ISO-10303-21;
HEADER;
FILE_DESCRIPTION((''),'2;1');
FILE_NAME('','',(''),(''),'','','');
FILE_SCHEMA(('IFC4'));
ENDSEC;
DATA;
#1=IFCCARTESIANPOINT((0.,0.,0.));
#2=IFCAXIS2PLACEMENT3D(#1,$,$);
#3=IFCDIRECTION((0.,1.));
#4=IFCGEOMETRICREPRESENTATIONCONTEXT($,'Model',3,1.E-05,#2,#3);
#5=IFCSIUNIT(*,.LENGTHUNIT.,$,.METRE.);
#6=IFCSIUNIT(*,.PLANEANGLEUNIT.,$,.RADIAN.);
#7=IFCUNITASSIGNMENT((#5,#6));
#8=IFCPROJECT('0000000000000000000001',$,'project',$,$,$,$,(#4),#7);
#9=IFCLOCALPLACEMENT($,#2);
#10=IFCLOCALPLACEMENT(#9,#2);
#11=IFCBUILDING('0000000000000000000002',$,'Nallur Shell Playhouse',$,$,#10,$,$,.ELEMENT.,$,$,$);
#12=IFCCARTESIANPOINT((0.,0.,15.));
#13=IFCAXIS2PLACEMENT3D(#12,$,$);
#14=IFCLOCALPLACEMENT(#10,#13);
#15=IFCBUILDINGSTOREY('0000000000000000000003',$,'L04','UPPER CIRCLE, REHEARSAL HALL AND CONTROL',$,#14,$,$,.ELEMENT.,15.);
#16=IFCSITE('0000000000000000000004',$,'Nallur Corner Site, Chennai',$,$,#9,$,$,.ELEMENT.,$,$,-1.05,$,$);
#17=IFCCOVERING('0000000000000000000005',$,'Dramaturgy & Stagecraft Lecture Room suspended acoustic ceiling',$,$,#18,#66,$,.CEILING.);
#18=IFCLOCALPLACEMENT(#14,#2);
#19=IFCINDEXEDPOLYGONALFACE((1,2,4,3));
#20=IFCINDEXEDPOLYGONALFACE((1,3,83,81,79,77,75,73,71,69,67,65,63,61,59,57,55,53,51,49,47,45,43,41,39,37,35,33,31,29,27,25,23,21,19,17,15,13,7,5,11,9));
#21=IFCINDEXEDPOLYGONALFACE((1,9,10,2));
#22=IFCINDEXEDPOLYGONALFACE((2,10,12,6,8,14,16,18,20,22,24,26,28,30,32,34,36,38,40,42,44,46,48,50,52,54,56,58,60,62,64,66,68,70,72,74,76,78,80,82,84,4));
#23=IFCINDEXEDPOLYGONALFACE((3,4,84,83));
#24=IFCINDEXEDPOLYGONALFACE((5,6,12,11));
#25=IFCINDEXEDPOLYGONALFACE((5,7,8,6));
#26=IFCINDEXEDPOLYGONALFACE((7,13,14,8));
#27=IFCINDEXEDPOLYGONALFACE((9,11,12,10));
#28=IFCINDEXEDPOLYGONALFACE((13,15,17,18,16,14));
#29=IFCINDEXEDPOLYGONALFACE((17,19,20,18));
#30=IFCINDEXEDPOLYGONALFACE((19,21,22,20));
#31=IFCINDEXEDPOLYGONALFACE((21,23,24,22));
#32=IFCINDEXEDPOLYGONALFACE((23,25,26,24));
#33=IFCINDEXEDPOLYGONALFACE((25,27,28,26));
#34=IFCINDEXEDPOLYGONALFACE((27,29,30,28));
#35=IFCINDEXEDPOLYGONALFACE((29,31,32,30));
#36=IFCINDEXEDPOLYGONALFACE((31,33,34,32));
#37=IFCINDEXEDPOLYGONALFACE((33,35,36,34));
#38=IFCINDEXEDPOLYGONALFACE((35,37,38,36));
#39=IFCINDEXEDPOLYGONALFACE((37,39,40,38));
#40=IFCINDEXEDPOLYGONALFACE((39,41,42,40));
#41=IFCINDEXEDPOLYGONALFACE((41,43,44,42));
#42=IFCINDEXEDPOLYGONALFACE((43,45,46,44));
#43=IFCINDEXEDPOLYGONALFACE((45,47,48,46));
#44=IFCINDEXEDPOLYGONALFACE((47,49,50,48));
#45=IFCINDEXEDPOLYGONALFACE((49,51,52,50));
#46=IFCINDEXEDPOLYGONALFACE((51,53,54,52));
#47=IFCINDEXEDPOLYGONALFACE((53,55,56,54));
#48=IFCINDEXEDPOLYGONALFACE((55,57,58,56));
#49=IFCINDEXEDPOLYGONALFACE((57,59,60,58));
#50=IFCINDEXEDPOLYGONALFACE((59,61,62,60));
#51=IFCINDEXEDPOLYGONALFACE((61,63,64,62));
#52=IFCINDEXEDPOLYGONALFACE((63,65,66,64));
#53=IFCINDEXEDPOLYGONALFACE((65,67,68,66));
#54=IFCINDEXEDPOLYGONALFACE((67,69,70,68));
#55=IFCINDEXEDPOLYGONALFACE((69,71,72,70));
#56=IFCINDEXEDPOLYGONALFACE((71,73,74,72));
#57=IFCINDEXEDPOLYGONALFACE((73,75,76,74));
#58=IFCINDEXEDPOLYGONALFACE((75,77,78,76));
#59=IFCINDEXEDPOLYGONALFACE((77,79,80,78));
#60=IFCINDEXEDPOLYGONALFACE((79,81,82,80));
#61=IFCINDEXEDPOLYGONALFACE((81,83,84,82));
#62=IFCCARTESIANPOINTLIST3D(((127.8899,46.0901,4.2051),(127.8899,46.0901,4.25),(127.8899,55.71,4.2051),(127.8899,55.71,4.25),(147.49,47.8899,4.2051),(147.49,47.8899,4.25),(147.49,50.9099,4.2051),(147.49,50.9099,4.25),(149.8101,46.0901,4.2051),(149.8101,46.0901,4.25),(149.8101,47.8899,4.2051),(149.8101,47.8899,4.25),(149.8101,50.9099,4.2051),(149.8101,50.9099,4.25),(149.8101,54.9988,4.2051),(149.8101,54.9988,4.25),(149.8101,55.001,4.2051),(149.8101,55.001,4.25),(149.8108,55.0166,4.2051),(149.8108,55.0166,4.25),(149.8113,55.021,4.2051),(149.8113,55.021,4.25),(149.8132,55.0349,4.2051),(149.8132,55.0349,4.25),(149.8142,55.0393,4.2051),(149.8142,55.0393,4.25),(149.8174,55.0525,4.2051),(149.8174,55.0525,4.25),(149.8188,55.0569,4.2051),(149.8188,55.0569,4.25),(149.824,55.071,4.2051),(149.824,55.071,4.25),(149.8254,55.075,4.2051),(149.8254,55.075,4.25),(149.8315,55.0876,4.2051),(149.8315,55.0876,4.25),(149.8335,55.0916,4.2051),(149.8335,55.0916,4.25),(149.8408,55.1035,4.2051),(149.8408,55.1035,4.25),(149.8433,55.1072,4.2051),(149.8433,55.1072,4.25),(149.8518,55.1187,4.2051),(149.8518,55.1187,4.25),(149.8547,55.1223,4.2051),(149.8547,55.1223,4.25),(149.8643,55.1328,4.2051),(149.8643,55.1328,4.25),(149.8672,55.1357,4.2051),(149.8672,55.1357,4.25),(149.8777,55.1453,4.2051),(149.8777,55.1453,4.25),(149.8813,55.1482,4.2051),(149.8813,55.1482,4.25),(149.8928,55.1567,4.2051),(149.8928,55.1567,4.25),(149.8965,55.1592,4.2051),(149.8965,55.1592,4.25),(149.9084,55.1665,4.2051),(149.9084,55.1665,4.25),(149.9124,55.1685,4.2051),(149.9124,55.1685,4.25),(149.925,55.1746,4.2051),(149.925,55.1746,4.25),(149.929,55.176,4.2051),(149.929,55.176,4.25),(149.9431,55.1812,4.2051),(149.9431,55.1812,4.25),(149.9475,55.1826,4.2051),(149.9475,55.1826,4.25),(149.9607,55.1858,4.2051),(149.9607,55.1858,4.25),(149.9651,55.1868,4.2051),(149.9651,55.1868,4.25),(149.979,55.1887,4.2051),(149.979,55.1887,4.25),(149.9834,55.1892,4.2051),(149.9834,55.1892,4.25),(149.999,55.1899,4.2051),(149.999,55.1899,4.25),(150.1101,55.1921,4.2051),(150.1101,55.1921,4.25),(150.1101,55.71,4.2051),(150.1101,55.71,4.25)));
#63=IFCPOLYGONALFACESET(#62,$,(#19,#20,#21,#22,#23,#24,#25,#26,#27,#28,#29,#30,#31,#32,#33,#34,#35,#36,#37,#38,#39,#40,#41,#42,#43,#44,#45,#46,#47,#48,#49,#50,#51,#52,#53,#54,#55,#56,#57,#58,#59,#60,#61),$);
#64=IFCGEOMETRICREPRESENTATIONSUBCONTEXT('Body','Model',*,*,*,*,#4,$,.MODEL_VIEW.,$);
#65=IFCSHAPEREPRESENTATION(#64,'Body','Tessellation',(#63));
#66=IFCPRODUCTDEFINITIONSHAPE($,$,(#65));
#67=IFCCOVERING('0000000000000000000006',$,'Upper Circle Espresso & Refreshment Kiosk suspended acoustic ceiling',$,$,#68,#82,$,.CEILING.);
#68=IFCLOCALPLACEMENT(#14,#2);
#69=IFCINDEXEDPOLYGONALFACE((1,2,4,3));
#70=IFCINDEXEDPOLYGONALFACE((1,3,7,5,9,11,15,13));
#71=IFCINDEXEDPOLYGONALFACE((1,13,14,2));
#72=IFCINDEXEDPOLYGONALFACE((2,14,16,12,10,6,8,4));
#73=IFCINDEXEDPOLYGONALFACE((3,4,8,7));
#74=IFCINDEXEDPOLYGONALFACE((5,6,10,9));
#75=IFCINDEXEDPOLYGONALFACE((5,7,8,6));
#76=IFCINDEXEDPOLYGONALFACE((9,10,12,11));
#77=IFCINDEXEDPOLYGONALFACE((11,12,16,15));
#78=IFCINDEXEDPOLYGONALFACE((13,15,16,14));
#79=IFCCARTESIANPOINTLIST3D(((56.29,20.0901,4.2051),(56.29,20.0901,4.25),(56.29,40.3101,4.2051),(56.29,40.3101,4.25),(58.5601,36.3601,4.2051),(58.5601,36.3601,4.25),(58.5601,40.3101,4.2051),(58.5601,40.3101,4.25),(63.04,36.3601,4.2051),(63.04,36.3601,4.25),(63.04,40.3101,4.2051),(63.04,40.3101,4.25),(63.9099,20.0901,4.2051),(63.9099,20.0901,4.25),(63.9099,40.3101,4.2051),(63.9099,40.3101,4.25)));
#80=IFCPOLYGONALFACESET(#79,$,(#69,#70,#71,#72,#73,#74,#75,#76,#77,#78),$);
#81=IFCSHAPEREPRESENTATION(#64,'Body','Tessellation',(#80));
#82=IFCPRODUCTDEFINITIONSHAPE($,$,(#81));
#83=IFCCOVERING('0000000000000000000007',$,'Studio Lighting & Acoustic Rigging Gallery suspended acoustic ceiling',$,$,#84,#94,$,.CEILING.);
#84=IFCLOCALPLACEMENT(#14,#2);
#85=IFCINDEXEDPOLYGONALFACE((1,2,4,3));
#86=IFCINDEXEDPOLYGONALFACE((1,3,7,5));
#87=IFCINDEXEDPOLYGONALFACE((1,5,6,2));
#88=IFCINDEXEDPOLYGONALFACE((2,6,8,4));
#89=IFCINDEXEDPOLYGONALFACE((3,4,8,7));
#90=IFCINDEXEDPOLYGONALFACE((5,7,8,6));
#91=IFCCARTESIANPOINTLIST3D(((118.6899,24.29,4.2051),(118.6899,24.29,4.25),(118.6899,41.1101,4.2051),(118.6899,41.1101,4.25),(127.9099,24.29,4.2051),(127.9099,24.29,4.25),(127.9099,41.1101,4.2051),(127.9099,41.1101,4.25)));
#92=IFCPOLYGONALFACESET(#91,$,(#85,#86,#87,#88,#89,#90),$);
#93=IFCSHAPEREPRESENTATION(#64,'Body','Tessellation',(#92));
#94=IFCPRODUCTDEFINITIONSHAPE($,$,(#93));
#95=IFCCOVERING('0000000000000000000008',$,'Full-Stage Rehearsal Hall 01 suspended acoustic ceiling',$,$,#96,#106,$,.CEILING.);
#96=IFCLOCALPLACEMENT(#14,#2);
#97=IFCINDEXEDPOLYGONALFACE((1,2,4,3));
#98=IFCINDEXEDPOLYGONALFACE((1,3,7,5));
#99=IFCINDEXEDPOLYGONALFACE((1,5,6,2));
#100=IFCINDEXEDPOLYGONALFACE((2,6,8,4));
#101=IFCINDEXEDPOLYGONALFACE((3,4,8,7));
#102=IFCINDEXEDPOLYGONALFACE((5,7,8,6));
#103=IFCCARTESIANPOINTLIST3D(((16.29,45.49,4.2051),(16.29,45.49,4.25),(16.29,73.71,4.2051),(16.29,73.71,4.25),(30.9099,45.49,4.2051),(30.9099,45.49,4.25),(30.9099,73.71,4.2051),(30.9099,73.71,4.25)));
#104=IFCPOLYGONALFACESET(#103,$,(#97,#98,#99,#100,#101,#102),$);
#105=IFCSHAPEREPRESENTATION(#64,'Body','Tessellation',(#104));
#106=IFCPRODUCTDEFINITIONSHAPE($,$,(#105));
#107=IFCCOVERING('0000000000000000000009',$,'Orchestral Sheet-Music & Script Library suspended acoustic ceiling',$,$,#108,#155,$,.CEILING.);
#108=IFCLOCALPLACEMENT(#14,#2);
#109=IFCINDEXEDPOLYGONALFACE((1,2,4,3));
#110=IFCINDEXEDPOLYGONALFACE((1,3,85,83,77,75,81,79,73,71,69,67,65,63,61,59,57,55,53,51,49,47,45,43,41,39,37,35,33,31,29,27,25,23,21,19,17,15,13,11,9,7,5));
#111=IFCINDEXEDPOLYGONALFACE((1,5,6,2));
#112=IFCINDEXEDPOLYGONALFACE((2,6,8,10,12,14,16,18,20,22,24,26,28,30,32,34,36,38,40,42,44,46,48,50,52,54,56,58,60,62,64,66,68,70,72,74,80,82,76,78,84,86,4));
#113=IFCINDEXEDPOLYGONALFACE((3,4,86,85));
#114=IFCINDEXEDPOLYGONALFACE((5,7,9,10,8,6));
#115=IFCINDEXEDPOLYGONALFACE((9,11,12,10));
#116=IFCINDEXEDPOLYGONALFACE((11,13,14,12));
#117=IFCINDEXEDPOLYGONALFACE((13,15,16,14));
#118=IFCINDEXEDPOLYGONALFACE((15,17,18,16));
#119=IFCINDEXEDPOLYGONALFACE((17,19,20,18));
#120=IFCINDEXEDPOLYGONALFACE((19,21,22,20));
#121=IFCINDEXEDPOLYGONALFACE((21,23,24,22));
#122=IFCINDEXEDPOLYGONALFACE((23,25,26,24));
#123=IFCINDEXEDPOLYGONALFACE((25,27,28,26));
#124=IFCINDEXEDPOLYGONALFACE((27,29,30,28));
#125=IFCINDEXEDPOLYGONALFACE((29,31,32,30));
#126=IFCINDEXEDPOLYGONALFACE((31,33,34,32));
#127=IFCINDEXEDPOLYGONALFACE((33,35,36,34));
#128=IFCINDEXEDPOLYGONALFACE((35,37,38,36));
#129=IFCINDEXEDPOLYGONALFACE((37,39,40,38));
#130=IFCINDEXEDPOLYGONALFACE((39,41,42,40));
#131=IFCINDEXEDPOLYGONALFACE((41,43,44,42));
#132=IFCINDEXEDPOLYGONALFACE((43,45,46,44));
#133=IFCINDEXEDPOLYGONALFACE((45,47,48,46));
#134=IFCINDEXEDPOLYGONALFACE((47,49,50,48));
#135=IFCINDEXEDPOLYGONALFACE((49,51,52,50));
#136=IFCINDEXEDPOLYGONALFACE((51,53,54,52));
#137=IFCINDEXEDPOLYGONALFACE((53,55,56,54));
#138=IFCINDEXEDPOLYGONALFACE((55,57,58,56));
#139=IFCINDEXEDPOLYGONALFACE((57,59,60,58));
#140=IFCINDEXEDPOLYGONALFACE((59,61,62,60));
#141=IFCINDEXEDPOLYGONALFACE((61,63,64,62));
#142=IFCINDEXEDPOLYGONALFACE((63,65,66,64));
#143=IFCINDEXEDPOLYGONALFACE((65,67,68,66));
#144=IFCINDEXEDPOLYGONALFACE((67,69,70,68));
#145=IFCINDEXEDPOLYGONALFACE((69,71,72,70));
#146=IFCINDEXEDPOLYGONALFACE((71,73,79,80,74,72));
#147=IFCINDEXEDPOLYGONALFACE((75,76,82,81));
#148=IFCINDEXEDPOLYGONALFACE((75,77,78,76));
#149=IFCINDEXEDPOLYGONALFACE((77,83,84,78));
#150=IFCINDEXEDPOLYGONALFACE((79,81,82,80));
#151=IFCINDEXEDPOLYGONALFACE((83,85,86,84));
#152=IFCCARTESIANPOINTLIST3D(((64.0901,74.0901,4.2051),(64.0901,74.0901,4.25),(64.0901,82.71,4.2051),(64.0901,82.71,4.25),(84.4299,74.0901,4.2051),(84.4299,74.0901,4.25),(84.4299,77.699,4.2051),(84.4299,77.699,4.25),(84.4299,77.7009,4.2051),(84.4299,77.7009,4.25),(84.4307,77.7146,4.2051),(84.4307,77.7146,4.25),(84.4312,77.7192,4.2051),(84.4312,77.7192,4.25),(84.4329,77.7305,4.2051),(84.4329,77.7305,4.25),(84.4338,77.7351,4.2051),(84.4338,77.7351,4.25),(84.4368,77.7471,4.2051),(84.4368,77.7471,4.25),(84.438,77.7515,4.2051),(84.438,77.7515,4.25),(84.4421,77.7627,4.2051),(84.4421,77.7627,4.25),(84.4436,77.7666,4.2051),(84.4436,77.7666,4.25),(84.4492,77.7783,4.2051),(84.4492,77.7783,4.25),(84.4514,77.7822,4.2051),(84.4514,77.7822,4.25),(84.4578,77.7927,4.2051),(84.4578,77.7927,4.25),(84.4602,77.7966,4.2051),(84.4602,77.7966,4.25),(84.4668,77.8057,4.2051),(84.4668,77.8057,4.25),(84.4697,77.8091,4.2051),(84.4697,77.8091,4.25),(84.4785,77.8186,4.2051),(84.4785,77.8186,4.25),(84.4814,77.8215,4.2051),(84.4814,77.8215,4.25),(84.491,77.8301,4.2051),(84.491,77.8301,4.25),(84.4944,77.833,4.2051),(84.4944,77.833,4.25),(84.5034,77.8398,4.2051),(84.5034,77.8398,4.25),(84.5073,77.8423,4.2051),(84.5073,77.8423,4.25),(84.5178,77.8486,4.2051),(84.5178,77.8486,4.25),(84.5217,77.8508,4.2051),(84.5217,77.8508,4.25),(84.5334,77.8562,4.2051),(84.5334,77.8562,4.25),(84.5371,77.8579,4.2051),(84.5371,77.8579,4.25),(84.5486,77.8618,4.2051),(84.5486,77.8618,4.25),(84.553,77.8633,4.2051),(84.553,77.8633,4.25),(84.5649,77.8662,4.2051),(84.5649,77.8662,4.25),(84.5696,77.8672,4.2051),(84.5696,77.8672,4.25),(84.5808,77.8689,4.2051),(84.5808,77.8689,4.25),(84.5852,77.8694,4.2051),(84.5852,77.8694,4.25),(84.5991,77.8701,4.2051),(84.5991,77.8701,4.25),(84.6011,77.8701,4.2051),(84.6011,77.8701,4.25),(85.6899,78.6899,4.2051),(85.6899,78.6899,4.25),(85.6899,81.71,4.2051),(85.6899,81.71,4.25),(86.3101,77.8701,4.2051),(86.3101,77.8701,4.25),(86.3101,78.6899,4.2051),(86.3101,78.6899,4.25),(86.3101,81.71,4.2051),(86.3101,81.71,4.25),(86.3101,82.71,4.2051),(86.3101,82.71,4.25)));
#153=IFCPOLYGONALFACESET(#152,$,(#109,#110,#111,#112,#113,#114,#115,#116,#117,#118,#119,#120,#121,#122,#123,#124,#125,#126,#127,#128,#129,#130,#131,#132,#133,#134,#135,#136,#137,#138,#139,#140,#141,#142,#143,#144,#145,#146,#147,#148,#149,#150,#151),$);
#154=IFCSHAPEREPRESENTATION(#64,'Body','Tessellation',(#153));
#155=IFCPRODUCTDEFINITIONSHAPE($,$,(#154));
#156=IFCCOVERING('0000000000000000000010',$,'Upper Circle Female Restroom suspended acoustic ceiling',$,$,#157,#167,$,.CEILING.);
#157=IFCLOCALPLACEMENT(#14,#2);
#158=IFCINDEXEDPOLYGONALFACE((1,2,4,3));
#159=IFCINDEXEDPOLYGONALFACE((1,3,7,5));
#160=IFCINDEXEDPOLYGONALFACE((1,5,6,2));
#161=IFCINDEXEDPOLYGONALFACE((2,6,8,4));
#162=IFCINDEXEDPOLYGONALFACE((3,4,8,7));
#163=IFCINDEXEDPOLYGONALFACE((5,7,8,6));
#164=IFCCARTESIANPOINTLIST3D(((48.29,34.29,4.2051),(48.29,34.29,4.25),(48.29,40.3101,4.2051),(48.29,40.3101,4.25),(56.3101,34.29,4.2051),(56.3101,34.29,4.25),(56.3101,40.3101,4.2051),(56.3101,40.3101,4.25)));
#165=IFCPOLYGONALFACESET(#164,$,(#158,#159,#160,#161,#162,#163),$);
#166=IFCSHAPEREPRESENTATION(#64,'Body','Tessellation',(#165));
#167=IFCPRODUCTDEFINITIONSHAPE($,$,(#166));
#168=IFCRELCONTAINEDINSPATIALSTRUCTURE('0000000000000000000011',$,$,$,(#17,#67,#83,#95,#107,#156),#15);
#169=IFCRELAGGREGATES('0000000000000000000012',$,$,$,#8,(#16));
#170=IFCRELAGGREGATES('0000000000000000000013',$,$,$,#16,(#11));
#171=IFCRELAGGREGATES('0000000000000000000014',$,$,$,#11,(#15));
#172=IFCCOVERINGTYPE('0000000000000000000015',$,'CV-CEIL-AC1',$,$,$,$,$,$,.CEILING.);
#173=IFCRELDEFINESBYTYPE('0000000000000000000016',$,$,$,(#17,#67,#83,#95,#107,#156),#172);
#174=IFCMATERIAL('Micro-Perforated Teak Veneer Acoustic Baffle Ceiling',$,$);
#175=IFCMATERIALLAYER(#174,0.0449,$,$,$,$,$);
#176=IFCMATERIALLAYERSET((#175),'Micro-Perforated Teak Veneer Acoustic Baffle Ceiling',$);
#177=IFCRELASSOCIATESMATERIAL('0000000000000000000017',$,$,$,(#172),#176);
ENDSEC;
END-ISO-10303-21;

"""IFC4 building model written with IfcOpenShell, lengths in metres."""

from ifc_helpers import new_model, si_unit, direction, frame, origin, place, context, subcontext, project, spatial, polyline, outline, extrude, material, layer, layer_set, type_object, element, save


model = new_model("IFC4")

# Units and contexts
model_context = context("Model", 3, precision=1e-05, world=origin(), true_north=direction((0.0, 1.0)))
body_context = subcontext(model_context, "Body", "Model", "MODEL_VIEW")
ifc_project = project(units=[si_unit("LENGTHUNIT", "METRE"), si_unit("PLANEANGLEUNIT", "RADIAN")], contexts=[model_context])

# Site, building, storey
site_placement = place(None, origin())
site = spatial("IfcSite", under=ifc_project, at=site_placement, Name="Nallur Corner Site, Chennai", CompositionType="ELEMENT", RefElevation=-1.05)
building_placement = place(site_placement, origin())
building = spatial("IfcBuilding", under=site, at=building_placement, Name="Nallur Shell Playhouse", CompositionType="ELEMENT")
storey_placement = place(building_placement, frame((0.0, 0.0, 15.0)))
storey = spatial("IfcBuildingStorey", under=building, at=storey_placement, Name="L04", Description="UPPER CIRCLE, REHEARSAL HALL AND CONTROL", CompositionType="ELEMENT", Elevation=15.0)

# Coverings
ifc_material_1 = material(Name="Micro-Perforated Teak Veneer Acoustic Baffle Ceiling")
ifc_layer_1 = layer(ifc_material_1, 0.0449)
ifc_layer_set_1 = layer_set([ifc_layer_1], Name="Micro-Perforated Teak Veneer Acoustic Baffle Ceiling")
covering_type_1 = type_object("IfcCoveringType", Name="CV-CEIL-AC1", PredefinedType="CEILING", material=ifc_layer_set_1)
covering_1_placement = place(storey_placement, frame((0.0, 0.0, 4.2051)))
element("IfcCovering", 1, at=covering_1_placement, inside=storey, type_object=covering_type_1, Name="Dramaturgy & Stagecraft Lecture Room suspended acoustic ceiling", PredefinedType="CEILING", context=body_context, shape_type="SweptSolid", body=[
    extrude(outline(polyline([(149.9475, 55.1826), (149.9431, 55.1812), (149.929, 55.176), (149.925, 55.1746), (149.9124, 55.1685), (149.9084, 55.1665), (149.8965, 55.1592), (149.8928, 55.1567), (149.8813, 55.1482), (149.8777, 55.1453), (149.8672, 55.1357), (149.8643, 55.1328), (149.8547, 55.1223), (149.8518, 55.1187), (149.8433, 55.1072), (149.8408, 55.1035), (149.8335, 55.0916), (149.8315, 55.0876), (149.8254, 55.075), (149.824, 55.071), (149.8188, 55.0569), (149.8174, 55.0525), (149.8142, 55.0393), (149.8132, 55.0349), (149.8113, 55.021), (149.8108, 55.0166), (149.8101, 55.001), (149.8101, 54.9988), (149.8101, 50.9099), (147.49, 50.9099), (147.49, 47.8899), (149.8101, 47.8899), (149.8101, 46.0901), (127.8899, 46.0901), (127.8899, 55.71), (150.1101, 55.71), (150.1101, 55.1921), (149.999, 55.1899), (149.9834, 55.1892), (149.979, 55.1887), (149.9651, 55.1868), (149.9607, 55.1858), (149.9475, 55.1826)])), origin(), (0.0, 0.0, 1.0), 0.0449),
])
covering_2_placement = place(storey_placement, frame((0.0, 0.0, 4.2051)))
element("IfcCovering", 2, at=covering_2_placement, inside=storey, type_object=covering_type_1, Name="Upper Circle Espresso & Refreshment Kiosk suspended acoustic ceiling", PredefinedType="CEILING", context=body_context, shape_type="SweptSolid", body=[
    extrude(outline(polyline([(56.29, 40.3101), (58.5601, 40.3101), (58.5601, 36.3601), (63.04, 36.3601), (63.04, 40.3101), (63.9099, 40.3101), (63.9099, 20.0901), (56.29, 20.0901), (56.29, 40.3101)])), origin(), (0.0, 0.0, 1.0), 0.0449),
])
covering_3_placement = place(storey_placement, frame((0.0, 0.0, 4.2051)))
element("IfcCovering", 3, at=covering_3_placement, inside=storey, type_object=covering_type_1, Name="Studio Lighting & Acoustic Rigging Gallery suspended acoustic ceiling", PredefinedType="CEILING", context=body_context, shape_type="SweptSolid", body=[
    extrude(outline(polyline([(118.6899, 41.1101), (127.9099, 41.1101), (127.9099, 24.29), (118.6899, 24.29), (118.6899, 41.1101)])), origin(), (0.0, 0.0, 1.0), 0.0449),
])
covering_4_placement = place(storey_placement, frame((0.0, 0.0, 4.2051)))
element("IfcCovering", 4, at=covering_4_placement, inside=storey, type_object=covering_type_1, Name="Full-Stage Rehearsal Hall 01 suspended acoustic ceiling", PredefinedType="CEILING", context=body_context, shape_type="SweptSolid", body=[
    extrude(outline(polyline([(16.29, 73.71), (30.9099, 73.71), (30.9099, 45.49), (16.29, 45.49), (16.29, 73.71)])), origin(), (0.0, 0.0, 1.0), 0.0449),
])
covering_5_placement = place(storey_placement, frame((0.0, 0.0, 4.2051)))
element("IfcCovering", 5, at=covering_5_placement, inside=storey, type_object=covering_type_1, Name="Orchestral Sheet-Music & Script Library suspended acoustic ceiling", PredefinedType="CEILING", context=body_context, shape_type="SweptSolid", body=[
    extrude(outline(polyline([(84.6011, 77.8701), (84.5991, 77.8701), (84.5852, 77.8694), (84.5808, 77.8689), (84.5696, 77.8672), (84.5649, 77.8662), (84.553, 77.8633), (84.5486, 77.8618), (84.5371, 77.8579), (84.5334, 77.8562), (84.5217, 77.8508), (84.5178, 77.8486), (84.5073, 77.8423), (84.5034, 77.8398), (84.4944, 77.833), (84.491, 77.8301), (84.4814, 77.8215), (84.4785, 77.8186), (84.4697, 77.8091), (84.4668, 77.8057), (84.4602, 77.7966), (84.4578, 77.7927), (84.4514, 77.7822), (84.4492, 77.7783), (84.4436, 77.7666), (84.4421, 77.7627), (84.438, 77.7515), (84.4368, 77.7471), (84.4338, 77.7351), (84.4329, 77.7305), (84.4312, 77.7192), (84.4307, 77.7146), (84.4299, 77.7009), (84.4299, 77.699), (84.4299, 74.0901), (64.0901, 74.0901), (64.0901, 82.71), (86.3101, 82.71), (86.3101, 81.71), (85.6899, 81.71), (85.6899, 78.6899), (86.3101, 78.6899), (86.3101, 77.8701), (84.6011, 77.8701)])), origin(), (0.0, 0.0, 1.0), 0.0449),
])
covering_6_placement = place(storey_placement, frame((0.0, 0.0, 4.2051)))
element("IfcCovering", 6, at=covering_6_placement, inside=storey, type_object=covering_type_1, Name="Upper Circle Female Restroom suspended acoustic ceiling", PredefinedType="CEILING", context=body_context, shape_type="SweptSolid", body=[
    extrude(outline(polyline([(48.29, 40.3101), (56.3101, 40.3101), (56.3101, 34.29), (48.29, 34.29), (48.29, 40.3101)])), origin(), (0.0, 0.0, 1.0), 0.0449),
])

save(model, "model.ifc")
